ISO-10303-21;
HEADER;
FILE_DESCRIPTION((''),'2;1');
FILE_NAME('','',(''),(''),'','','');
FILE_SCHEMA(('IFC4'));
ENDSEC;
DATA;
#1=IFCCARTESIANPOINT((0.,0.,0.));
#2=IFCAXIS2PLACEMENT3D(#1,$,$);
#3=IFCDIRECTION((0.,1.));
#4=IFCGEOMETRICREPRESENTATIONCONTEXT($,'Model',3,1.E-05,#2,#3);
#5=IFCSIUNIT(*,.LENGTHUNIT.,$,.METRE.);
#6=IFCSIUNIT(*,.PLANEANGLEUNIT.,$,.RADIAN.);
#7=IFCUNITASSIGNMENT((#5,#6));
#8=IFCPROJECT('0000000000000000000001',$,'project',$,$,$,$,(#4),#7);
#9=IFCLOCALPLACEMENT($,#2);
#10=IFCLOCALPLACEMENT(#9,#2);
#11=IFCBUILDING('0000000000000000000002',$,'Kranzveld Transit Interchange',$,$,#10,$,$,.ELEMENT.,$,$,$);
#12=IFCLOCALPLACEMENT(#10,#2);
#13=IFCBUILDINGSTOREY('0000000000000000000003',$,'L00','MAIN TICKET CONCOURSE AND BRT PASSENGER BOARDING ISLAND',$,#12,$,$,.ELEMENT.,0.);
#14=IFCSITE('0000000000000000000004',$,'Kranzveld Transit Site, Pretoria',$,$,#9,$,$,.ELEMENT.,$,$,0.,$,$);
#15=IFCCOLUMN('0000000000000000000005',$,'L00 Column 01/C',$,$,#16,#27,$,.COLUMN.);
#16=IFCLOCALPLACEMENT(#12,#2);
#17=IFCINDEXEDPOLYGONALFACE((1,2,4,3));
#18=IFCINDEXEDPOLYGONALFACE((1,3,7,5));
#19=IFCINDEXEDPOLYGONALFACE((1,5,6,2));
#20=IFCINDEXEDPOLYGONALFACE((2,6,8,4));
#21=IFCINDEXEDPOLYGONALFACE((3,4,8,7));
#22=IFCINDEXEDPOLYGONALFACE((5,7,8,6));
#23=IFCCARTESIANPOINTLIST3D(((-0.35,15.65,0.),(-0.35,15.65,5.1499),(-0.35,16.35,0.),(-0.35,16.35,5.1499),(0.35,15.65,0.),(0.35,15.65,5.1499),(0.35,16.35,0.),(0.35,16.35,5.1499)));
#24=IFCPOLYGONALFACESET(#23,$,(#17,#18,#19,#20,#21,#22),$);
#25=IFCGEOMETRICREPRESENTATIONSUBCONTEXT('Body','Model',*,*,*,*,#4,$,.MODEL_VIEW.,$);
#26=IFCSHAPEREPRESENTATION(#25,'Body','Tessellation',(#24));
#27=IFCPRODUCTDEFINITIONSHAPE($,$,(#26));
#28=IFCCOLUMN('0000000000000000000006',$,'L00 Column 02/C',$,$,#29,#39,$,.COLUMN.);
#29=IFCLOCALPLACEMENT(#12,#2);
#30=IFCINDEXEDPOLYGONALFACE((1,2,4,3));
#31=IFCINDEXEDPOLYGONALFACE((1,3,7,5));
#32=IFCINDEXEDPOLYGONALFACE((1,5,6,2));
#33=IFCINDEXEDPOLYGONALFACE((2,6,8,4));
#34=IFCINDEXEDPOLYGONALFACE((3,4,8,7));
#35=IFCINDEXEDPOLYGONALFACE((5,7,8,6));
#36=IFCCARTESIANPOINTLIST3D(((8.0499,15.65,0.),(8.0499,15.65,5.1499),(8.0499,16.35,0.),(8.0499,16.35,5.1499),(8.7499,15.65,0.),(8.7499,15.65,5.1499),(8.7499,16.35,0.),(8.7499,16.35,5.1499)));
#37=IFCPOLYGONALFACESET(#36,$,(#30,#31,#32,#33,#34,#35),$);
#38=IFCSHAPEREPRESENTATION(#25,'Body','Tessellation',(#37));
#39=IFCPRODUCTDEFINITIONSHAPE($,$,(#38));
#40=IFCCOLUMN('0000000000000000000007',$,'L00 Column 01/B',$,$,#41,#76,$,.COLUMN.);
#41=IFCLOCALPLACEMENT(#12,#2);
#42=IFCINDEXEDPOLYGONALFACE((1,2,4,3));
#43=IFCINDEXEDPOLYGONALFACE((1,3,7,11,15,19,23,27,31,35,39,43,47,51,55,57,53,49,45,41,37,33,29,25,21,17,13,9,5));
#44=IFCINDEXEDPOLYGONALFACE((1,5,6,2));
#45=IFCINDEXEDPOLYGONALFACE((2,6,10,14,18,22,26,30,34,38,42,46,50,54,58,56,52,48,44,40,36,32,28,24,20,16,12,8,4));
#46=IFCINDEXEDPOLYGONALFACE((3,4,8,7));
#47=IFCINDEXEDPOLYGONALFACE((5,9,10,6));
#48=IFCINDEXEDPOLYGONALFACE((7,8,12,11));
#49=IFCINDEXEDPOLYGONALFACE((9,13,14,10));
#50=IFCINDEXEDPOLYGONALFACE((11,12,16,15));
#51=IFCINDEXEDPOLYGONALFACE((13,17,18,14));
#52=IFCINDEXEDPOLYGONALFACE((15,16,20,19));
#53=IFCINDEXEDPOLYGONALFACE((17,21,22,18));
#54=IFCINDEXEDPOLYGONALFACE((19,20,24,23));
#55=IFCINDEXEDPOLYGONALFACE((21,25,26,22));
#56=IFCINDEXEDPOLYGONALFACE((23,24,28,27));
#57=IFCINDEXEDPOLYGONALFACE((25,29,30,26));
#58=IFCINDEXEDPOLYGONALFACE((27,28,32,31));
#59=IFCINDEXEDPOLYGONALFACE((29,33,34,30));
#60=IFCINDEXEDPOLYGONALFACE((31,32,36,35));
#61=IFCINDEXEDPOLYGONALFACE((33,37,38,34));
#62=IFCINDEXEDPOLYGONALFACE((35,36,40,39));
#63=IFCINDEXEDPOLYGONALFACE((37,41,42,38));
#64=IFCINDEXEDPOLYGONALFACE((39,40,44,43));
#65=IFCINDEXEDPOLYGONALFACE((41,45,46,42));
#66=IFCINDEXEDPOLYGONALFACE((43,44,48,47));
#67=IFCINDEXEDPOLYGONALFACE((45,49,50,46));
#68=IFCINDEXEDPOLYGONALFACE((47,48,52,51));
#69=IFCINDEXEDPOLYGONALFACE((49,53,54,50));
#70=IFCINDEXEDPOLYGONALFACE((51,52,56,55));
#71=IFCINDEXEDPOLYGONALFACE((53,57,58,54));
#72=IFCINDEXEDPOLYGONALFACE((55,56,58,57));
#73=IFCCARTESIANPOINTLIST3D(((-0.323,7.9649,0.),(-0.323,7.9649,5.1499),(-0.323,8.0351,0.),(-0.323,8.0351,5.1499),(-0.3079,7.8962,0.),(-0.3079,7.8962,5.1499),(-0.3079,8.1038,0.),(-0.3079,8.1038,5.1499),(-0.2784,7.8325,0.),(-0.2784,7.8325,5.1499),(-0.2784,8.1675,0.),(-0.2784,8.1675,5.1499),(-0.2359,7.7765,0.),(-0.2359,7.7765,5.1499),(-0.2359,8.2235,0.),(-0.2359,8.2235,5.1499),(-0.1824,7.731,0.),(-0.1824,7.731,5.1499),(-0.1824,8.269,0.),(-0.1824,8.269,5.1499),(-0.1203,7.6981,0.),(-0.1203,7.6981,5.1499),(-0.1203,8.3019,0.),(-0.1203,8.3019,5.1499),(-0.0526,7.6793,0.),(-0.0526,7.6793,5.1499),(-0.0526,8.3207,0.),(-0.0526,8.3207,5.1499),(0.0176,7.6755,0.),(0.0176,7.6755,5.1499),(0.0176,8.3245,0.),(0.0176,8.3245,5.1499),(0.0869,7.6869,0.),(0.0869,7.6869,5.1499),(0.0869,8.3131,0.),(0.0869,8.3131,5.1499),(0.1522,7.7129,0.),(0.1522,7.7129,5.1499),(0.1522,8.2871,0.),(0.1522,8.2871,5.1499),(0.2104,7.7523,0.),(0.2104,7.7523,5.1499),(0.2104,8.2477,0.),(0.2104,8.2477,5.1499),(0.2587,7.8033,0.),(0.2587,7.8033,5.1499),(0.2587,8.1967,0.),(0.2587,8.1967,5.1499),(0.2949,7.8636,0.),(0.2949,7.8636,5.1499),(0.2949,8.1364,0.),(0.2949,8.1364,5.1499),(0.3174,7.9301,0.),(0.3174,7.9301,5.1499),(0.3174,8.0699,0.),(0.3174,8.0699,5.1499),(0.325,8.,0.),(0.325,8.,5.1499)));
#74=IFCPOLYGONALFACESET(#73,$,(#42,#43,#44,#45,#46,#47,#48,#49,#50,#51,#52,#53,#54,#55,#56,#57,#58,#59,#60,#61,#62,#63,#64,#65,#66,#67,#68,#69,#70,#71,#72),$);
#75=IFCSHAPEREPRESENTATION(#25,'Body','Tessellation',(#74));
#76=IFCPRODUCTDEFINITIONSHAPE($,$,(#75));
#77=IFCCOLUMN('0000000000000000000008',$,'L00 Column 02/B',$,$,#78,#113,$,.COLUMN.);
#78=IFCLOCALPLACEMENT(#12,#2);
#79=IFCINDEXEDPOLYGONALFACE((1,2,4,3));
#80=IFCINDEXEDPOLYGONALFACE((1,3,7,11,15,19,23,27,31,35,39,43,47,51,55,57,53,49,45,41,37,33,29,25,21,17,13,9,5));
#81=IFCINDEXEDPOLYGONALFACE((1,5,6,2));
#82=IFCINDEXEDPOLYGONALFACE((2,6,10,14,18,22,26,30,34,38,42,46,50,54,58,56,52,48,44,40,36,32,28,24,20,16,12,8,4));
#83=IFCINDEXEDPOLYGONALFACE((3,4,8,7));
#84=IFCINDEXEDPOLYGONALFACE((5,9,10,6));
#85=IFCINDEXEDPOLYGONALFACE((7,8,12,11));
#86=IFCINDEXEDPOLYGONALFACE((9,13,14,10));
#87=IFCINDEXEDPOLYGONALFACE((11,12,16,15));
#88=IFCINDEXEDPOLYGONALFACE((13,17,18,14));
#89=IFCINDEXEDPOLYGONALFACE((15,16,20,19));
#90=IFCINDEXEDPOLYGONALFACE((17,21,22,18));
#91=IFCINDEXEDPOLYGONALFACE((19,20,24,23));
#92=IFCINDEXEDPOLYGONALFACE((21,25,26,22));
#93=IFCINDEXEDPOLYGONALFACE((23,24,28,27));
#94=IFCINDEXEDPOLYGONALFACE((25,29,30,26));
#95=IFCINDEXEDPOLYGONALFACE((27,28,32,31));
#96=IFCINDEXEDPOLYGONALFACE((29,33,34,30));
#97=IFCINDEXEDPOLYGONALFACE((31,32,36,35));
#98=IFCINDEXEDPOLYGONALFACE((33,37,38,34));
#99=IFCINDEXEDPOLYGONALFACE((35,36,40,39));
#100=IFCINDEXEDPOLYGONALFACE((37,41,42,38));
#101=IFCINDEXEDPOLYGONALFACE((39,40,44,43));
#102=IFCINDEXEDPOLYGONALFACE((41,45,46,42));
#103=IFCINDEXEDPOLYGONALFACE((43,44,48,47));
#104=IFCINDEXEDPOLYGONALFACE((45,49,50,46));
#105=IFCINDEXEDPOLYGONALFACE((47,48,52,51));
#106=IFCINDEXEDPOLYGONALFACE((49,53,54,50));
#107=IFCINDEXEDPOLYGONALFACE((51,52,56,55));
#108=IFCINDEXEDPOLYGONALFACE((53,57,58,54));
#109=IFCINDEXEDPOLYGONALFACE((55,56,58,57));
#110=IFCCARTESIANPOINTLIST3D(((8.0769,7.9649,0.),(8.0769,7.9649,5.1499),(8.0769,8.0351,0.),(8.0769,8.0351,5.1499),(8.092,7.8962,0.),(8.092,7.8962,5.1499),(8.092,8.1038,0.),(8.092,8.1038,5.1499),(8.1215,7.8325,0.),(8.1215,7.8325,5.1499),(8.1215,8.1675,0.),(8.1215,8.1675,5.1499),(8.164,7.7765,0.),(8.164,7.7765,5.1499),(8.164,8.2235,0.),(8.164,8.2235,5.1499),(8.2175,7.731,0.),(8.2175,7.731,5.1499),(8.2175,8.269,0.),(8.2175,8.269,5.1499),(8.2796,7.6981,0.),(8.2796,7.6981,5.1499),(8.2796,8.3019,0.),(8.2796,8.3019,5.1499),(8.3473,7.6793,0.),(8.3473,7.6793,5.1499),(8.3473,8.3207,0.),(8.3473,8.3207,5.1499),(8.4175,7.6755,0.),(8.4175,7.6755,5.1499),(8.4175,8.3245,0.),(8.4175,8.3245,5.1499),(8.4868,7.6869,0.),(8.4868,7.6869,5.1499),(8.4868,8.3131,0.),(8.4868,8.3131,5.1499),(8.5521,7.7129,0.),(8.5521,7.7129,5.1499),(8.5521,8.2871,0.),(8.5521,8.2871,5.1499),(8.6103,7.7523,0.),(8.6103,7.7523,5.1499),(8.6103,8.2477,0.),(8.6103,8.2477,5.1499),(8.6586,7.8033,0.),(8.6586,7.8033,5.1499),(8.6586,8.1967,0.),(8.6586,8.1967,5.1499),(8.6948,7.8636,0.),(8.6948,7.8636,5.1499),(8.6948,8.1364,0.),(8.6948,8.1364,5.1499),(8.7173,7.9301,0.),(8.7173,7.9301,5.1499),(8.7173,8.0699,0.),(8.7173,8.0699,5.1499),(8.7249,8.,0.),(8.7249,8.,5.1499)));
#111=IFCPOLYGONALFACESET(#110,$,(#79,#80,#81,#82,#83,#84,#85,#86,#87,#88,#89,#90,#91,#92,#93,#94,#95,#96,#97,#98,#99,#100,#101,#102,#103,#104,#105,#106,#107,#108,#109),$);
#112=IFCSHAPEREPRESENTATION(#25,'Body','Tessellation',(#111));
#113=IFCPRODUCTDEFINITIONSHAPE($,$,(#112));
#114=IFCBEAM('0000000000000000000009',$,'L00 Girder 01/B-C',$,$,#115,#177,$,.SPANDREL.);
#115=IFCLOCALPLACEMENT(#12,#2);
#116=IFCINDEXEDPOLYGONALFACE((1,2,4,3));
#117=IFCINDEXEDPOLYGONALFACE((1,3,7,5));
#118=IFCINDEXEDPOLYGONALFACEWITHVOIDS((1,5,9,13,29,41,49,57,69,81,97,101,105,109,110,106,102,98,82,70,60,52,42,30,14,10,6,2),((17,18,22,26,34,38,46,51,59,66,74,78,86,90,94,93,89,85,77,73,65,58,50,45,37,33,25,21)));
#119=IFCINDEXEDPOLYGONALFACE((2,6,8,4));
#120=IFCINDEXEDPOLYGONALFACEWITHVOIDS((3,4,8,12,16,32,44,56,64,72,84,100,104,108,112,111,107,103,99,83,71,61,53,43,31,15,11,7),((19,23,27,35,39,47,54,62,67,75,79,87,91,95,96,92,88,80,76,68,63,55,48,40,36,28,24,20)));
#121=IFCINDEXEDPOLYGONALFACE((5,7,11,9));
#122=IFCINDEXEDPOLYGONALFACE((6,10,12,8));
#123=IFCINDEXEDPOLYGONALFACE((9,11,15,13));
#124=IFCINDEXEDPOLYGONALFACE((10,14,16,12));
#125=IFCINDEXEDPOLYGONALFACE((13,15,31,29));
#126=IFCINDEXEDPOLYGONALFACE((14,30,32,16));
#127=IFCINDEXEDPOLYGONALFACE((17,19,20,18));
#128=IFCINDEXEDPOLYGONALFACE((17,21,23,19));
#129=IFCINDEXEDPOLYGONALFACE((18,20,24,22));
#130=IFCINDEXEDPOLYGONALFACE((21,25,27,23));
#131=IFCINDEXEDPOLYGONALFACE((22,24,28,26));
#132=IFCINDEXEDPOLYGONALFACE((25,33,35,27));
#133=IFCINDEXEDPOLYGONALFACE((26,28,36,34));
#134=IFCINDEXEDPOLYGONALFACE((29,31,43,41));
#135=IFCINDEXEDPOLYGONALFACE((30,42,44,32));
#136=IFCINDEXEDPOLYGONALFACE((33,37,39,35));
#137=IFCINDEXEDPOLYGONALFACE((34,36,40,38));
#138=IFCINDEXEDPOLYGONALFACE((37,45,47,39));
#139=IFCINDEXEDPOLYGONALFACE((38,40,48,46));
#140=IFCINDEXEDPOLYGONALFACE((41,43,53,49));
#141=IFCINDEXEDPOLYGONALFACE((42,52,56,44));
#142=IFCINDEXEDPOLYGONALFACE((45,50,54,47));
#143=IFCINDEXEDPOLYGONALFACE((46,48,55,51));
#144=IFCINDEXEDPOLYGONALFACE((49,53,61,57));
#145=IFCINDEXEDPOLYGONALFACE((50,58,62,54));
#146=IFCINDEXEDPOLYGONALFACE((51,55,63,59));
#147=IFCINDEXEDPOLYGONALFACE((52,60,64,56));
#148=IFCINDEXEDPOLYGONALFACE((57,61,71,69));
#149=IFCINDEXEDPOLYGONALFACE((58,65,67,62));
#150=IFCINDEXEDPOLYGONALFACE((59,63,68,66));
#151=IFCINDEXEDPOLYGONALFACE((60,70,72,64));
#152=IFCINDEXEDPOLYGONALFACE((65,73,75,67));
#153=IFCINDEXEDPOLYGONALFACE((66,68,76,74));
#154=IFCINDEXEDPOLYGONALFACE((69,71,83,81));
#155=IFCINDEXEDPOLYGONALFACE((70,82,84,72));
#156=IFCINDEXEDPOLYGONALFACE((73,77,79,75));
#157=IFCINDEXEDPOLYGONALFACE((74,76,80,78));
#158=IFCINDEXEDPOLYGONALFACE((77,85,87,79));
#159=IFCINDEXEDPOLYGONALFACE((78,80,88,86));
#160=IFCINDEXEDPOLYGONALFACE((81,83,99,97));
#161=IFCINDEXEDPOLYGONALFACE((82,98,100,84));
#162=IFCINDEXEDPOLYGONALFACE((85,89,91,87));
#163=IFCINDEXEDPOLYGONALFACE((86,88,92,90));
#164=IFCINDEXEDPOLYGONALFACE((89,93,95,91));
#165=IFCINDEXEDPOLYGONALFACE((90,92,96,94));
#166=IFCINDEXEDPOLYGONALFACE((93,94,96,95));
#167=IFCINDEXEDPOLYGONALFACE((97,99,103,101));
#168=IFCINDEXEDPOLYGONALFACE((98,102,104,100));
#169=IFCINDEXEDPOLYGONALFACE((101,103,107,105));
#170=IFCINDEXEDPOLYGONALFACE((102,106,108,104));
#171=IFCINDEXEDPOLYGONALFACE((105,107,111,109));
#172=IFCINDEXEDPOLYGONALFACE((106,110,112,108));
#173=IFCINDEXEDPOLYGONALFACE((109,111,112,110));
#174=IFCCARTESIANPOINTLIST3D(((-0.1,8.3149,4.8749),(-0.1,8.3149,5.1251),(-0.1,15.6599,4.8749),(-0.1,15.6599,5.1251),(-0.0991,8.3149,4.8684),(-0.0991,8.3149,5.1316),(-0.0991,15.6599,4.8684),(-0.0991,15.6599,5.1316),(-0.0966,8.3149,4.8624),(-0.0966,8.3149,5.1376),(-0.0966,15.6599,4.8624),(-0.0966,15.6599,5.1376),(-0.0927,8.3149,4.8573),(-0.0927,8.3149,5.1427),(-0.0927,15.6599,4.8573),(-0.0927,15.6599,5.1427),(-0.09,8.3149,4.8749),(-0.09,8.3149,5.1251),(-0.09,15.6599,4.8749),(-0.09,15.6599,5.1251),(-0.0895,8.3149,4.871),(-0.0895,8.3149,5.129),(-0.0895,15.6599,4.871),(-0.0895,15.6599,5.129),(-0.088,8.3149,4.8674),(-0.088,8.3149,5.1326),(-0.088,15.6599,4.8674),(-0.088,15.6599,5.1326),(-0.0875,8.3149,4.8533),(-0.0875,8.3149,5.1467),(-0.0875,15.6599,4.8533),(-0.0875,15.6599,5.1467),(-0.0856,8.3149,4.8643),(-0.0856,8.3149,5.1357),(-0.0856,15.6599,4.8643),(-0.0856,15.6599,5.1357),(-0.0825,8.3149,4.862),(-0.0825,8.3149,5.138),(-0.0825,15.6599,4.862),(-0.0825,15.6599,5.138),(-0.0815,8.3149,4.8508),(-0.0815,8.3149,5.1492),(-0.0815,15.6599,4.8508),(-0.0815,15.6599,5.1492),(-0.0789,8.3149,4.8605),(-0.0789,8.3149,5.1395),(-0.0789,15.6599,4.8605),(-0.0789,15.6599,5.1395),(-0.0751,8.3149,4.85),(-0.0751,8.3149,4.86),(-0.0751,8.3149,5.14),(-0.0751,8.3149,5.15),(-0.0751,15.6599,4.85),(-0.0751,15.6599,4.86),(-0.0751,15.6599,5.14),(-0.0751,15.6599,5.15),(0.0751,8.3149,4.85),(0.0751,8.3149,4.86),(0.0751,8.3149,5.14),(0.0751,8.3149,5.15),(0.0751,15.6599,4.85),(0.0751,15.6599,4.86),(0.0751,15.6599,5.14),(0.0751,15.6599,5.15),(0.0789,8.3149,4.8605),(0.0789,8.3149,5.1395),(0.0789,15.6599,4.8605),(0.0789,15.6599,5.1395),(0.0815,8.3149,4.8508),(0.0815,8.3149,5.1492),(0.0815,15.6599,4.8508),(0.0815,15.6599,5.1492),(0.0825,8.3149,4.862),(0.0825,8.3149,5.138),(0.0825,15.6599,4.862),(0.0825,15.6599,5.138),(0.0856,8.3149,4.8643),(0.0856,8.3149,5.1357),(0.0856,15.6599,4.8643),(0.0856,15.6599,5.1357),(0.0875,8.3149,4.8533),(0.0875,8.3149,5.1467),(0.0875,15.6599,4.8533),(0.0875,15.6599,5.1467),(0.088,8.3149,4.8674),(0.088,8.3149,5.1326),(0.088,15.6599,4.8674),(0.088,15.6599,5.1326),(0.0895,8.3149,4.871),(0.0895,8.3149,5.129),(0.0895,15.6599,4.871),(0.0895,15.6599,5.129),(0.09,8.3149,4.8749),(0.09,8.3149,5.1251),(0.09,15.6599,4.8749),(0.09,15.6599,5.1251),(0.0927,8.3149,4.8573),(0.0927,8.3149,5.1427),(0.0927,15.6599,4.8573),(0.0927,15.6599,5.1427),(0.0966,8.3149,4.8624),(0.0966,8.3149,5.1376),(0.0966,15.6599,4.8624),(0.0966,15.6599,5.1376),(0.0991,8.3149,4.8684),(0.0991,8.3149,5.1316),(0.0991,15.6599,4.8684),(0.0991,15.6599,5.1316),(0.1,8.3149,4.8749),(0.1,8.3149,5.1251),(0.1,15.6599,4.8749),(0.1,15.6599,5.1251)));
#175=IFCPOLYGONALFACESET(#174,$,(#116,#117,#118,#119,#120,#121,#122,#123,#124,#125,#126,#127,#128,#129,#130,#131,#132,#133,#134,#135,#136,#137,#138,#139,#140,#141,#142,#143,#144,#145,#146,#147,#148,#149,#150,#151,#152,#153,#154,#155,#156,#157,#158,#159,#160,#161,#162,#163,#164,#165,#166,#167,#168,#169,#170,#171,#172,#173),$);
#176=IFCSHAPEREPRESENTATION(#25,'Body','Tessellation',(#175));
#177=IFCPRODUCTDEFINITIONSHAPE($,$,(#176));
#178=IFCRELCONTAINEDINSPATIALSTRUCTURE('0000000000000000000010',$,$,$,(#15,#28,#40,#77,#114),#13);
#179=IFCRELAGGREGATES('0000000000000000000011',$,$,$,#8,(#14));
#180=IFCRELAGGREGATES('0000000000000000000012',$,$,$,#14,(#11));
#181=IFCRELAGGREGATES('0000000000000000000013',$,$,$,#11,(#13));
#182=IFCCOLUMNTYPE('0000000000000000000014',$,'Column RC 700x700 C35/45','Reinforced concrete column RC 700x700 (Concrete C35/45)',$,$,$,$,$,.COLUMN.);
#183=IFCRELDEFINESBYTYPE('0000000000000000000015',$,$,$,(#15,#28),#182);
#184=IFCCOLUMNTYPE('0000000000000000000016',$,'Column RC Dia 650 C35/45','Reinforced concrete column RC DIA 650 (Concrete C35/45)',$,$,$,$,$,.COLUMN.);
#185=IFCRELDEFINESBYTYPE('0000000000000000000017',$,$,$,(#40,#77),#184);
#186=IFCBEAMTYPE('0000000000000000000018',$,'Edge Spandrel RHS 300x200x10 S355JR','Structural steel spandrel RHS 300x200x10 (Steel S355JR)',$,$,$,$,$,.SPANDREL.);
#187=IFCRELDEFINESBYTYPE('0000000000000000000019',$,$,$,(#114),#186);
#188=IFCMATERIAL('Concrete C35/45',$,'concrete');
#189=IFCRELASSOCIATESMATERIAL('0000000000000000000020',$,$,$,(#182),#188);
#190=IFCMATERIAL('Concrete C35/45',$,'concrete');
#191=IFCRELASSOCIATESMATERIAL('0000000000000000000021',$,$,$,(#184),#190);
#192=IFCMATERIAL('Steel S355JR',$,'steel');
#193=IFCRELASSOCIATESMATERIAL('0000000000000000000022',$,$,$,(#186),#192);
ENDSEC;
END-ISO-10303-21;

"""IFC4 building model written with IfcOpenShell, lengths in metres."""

from ifc_helpers import new_model, si_unit, direction, frame, origin, origin_2d, place, context, subcontext, project, spatial, rectangle, hollow_rectangle, circle, extrude, material, material_profile, profile_set, type_object, element, save


model = new_model("IFC4")

# Units and contexts
model_context = context("Model", 3, precision=1e-05, world=origin(), true_north=direction((0.0, 1.0)))
body_context = subcontext(model_context, "Body", "Model", "MODEL_VIEW")
ifc_project = project(units=[si_unit("LENGTHUNIT", "METRE"), si_unit("PLANEANGLEUNIT", "RADIAN")], contexts=[model_context])

# Site, building, storey
site_placement = place(None, origin())
site = spatial("IfcSite", under=ifc_project, at=site_placement, Name="Kranzveld Transit Site, Pretoria", CompositionType="ELEMENT", RefElevation=0.0)
building_placement = place(site_placement, origin())
building = spatial("IfcBuilding", under=site, at=building_placement, Name="Kranzveld Transit Interchange", CompositionType="ELEMENT")
storey_placement = place(building_placement, origin())
storey = spatial("IfcBuildingStorey", under=building, at=storey_placement, Name="L00", Description="MAIN TICKET CONCOURSE AND BRT PASSENGER BOARDING ISLAND", CompositionType="ELEMENT", Elevation=0.0)

# Columns
ifc_material_1 = material(Name="Concrete C35/45", Category="concrete")
ifc_material_profile_1 = material_profile(ifc_material_1, rectangle(XDim=0.7, YDim=0.7, at=origin_2d()), Name="RC 700x700")
ifc_profile_set_1 = profile_set([ifc_material_profile_1], Name="Concrete C35/45")
column_type_1 = type_object("IfcColumnType", Name="Column RC 700x700 C35/45", Description="Reinforced concrete column RC 700x700 (Concrete C35/45)", PredefinedType="COLUMN", material=ifc_profile_set_1)
for number, where, z_axis, x_axis, name in (
    (1, (0.0, 16.0, 0.0), (0.0, 0.0, 1.0), (1.0, 0.0, 0.0), "L00 Column 01/C"),
    (2, (8.3999, 16.0, 0.0), (0.0, 0.0, 1.0), (1.0, 0.0, 0.0), "L00 Column 02/C"),
):
    element("IfcColumn", number, at=place(storey_placement, frame(where, z_axis=z_axis, x_axis=x_axis)), inside=storey, type_object=column_type_1, Name=name, PredefinedType="COLUMN", context=body_context, shape_type="SweptSolid", body=[
        extrude(rectangle(XDim=0.7, YDim=0.7, at=origin_2d()), origin(), (0.0, 0.0, 1.0), 5.1499),
    ])
ifc_material_2 = material(Name="Concrete C35/45", Category="concrete")
ifc_material_profile_2 = material_profile(ifc_material_2, circle(Radius=0.325, at=origin_2d()), Name="RC DIA 650")
ifc_profile_set_2 = profile_set([ifc_material_profile_2], Name="Concrete C35/45")
column_type_2 = type_object("IfcColumnType", Name="Column RC Dia 650 C35/45", Description="Reinforced concrete column RC DIA 650 (Concrete C35/45)", PredefinedType="COLUMN", material=ifc_profile_set_2)
for number, where, z_axis, x_axis, name in (
    (3, (0.0, 8.0, 0.0), (0.0, 0.0, 1.0), (1.0, 0.0, 0.0), "L00 Column 01/B"),
    (4, (8.3999, 8.0, 0.0), (0.0, 0.0, 1.0), (1.0, 0.0, 0.0), "L00 Column 02/B"),
):
    element("IfcColumn", number, at=place(storey_placement, frame(where, z_axis=z_axis, x_axis=x_axis)), inside=storey, type_object=column_type_2, Name=name, PredefinedType="COLUMN", context=body_context, shape_type="SweptSolid", body=[
        extrude(circle(Radius=0.325, at=origin_2d()), origin(), (0.0, 0.0, 1.0), 5.1499),
    ])

# Beam
ifc_material_3 = material(Name="Steel S355JR", Category="steel")
ifc_material_profile_3 = material_profile(ifc_material_3, hollow_rectangle(XDim=0.2, YDim=0.3, WallThickness=0.01, InnerFilletRadius=0.0149, OuterFilletRadius=0.0249, at=origin_2d()), Name="RHS 300x200x10")
ifc_profile_set_3 = profile_set([ifc_material_profile_3], Name="Steel S355JR")
beam_type_1 = type_object("IfcBeamType", Name="Edge Spandrel RHS 300x200x10 S355JR", Description="Structural steel spandrel RHS 300x200x10 (Steel S355JR)", PredefinedType="SPANDREL", material=ifc_profile_set_3)
beam_1_placement = place(storey_placement, frame((0.0, 8.3149, 5.0), z_axis=(0.0, 1.0, 0.0), x_axis=(-1.0, 0.0, 0.0)))
element("IfcBeam", 5, at=beam_1_placement, inside=storey, type_object=beam_type_1, Name="L00 Girder 01/B-C", PredefinedType="SPANDREL", context=body_context, shape_type="SweptSolid", body=[
    extrude(hollow_rectangle(XDim=0.2, YDim=0.3, WallThickness=0.01, InnerFilletRadius=0.0149, OuterFilletRadius=0.0249, at=origin_2d()), origin(), (0.0, 0.0, 1.0), 7.345),
])

save(model, "model.ifc")
